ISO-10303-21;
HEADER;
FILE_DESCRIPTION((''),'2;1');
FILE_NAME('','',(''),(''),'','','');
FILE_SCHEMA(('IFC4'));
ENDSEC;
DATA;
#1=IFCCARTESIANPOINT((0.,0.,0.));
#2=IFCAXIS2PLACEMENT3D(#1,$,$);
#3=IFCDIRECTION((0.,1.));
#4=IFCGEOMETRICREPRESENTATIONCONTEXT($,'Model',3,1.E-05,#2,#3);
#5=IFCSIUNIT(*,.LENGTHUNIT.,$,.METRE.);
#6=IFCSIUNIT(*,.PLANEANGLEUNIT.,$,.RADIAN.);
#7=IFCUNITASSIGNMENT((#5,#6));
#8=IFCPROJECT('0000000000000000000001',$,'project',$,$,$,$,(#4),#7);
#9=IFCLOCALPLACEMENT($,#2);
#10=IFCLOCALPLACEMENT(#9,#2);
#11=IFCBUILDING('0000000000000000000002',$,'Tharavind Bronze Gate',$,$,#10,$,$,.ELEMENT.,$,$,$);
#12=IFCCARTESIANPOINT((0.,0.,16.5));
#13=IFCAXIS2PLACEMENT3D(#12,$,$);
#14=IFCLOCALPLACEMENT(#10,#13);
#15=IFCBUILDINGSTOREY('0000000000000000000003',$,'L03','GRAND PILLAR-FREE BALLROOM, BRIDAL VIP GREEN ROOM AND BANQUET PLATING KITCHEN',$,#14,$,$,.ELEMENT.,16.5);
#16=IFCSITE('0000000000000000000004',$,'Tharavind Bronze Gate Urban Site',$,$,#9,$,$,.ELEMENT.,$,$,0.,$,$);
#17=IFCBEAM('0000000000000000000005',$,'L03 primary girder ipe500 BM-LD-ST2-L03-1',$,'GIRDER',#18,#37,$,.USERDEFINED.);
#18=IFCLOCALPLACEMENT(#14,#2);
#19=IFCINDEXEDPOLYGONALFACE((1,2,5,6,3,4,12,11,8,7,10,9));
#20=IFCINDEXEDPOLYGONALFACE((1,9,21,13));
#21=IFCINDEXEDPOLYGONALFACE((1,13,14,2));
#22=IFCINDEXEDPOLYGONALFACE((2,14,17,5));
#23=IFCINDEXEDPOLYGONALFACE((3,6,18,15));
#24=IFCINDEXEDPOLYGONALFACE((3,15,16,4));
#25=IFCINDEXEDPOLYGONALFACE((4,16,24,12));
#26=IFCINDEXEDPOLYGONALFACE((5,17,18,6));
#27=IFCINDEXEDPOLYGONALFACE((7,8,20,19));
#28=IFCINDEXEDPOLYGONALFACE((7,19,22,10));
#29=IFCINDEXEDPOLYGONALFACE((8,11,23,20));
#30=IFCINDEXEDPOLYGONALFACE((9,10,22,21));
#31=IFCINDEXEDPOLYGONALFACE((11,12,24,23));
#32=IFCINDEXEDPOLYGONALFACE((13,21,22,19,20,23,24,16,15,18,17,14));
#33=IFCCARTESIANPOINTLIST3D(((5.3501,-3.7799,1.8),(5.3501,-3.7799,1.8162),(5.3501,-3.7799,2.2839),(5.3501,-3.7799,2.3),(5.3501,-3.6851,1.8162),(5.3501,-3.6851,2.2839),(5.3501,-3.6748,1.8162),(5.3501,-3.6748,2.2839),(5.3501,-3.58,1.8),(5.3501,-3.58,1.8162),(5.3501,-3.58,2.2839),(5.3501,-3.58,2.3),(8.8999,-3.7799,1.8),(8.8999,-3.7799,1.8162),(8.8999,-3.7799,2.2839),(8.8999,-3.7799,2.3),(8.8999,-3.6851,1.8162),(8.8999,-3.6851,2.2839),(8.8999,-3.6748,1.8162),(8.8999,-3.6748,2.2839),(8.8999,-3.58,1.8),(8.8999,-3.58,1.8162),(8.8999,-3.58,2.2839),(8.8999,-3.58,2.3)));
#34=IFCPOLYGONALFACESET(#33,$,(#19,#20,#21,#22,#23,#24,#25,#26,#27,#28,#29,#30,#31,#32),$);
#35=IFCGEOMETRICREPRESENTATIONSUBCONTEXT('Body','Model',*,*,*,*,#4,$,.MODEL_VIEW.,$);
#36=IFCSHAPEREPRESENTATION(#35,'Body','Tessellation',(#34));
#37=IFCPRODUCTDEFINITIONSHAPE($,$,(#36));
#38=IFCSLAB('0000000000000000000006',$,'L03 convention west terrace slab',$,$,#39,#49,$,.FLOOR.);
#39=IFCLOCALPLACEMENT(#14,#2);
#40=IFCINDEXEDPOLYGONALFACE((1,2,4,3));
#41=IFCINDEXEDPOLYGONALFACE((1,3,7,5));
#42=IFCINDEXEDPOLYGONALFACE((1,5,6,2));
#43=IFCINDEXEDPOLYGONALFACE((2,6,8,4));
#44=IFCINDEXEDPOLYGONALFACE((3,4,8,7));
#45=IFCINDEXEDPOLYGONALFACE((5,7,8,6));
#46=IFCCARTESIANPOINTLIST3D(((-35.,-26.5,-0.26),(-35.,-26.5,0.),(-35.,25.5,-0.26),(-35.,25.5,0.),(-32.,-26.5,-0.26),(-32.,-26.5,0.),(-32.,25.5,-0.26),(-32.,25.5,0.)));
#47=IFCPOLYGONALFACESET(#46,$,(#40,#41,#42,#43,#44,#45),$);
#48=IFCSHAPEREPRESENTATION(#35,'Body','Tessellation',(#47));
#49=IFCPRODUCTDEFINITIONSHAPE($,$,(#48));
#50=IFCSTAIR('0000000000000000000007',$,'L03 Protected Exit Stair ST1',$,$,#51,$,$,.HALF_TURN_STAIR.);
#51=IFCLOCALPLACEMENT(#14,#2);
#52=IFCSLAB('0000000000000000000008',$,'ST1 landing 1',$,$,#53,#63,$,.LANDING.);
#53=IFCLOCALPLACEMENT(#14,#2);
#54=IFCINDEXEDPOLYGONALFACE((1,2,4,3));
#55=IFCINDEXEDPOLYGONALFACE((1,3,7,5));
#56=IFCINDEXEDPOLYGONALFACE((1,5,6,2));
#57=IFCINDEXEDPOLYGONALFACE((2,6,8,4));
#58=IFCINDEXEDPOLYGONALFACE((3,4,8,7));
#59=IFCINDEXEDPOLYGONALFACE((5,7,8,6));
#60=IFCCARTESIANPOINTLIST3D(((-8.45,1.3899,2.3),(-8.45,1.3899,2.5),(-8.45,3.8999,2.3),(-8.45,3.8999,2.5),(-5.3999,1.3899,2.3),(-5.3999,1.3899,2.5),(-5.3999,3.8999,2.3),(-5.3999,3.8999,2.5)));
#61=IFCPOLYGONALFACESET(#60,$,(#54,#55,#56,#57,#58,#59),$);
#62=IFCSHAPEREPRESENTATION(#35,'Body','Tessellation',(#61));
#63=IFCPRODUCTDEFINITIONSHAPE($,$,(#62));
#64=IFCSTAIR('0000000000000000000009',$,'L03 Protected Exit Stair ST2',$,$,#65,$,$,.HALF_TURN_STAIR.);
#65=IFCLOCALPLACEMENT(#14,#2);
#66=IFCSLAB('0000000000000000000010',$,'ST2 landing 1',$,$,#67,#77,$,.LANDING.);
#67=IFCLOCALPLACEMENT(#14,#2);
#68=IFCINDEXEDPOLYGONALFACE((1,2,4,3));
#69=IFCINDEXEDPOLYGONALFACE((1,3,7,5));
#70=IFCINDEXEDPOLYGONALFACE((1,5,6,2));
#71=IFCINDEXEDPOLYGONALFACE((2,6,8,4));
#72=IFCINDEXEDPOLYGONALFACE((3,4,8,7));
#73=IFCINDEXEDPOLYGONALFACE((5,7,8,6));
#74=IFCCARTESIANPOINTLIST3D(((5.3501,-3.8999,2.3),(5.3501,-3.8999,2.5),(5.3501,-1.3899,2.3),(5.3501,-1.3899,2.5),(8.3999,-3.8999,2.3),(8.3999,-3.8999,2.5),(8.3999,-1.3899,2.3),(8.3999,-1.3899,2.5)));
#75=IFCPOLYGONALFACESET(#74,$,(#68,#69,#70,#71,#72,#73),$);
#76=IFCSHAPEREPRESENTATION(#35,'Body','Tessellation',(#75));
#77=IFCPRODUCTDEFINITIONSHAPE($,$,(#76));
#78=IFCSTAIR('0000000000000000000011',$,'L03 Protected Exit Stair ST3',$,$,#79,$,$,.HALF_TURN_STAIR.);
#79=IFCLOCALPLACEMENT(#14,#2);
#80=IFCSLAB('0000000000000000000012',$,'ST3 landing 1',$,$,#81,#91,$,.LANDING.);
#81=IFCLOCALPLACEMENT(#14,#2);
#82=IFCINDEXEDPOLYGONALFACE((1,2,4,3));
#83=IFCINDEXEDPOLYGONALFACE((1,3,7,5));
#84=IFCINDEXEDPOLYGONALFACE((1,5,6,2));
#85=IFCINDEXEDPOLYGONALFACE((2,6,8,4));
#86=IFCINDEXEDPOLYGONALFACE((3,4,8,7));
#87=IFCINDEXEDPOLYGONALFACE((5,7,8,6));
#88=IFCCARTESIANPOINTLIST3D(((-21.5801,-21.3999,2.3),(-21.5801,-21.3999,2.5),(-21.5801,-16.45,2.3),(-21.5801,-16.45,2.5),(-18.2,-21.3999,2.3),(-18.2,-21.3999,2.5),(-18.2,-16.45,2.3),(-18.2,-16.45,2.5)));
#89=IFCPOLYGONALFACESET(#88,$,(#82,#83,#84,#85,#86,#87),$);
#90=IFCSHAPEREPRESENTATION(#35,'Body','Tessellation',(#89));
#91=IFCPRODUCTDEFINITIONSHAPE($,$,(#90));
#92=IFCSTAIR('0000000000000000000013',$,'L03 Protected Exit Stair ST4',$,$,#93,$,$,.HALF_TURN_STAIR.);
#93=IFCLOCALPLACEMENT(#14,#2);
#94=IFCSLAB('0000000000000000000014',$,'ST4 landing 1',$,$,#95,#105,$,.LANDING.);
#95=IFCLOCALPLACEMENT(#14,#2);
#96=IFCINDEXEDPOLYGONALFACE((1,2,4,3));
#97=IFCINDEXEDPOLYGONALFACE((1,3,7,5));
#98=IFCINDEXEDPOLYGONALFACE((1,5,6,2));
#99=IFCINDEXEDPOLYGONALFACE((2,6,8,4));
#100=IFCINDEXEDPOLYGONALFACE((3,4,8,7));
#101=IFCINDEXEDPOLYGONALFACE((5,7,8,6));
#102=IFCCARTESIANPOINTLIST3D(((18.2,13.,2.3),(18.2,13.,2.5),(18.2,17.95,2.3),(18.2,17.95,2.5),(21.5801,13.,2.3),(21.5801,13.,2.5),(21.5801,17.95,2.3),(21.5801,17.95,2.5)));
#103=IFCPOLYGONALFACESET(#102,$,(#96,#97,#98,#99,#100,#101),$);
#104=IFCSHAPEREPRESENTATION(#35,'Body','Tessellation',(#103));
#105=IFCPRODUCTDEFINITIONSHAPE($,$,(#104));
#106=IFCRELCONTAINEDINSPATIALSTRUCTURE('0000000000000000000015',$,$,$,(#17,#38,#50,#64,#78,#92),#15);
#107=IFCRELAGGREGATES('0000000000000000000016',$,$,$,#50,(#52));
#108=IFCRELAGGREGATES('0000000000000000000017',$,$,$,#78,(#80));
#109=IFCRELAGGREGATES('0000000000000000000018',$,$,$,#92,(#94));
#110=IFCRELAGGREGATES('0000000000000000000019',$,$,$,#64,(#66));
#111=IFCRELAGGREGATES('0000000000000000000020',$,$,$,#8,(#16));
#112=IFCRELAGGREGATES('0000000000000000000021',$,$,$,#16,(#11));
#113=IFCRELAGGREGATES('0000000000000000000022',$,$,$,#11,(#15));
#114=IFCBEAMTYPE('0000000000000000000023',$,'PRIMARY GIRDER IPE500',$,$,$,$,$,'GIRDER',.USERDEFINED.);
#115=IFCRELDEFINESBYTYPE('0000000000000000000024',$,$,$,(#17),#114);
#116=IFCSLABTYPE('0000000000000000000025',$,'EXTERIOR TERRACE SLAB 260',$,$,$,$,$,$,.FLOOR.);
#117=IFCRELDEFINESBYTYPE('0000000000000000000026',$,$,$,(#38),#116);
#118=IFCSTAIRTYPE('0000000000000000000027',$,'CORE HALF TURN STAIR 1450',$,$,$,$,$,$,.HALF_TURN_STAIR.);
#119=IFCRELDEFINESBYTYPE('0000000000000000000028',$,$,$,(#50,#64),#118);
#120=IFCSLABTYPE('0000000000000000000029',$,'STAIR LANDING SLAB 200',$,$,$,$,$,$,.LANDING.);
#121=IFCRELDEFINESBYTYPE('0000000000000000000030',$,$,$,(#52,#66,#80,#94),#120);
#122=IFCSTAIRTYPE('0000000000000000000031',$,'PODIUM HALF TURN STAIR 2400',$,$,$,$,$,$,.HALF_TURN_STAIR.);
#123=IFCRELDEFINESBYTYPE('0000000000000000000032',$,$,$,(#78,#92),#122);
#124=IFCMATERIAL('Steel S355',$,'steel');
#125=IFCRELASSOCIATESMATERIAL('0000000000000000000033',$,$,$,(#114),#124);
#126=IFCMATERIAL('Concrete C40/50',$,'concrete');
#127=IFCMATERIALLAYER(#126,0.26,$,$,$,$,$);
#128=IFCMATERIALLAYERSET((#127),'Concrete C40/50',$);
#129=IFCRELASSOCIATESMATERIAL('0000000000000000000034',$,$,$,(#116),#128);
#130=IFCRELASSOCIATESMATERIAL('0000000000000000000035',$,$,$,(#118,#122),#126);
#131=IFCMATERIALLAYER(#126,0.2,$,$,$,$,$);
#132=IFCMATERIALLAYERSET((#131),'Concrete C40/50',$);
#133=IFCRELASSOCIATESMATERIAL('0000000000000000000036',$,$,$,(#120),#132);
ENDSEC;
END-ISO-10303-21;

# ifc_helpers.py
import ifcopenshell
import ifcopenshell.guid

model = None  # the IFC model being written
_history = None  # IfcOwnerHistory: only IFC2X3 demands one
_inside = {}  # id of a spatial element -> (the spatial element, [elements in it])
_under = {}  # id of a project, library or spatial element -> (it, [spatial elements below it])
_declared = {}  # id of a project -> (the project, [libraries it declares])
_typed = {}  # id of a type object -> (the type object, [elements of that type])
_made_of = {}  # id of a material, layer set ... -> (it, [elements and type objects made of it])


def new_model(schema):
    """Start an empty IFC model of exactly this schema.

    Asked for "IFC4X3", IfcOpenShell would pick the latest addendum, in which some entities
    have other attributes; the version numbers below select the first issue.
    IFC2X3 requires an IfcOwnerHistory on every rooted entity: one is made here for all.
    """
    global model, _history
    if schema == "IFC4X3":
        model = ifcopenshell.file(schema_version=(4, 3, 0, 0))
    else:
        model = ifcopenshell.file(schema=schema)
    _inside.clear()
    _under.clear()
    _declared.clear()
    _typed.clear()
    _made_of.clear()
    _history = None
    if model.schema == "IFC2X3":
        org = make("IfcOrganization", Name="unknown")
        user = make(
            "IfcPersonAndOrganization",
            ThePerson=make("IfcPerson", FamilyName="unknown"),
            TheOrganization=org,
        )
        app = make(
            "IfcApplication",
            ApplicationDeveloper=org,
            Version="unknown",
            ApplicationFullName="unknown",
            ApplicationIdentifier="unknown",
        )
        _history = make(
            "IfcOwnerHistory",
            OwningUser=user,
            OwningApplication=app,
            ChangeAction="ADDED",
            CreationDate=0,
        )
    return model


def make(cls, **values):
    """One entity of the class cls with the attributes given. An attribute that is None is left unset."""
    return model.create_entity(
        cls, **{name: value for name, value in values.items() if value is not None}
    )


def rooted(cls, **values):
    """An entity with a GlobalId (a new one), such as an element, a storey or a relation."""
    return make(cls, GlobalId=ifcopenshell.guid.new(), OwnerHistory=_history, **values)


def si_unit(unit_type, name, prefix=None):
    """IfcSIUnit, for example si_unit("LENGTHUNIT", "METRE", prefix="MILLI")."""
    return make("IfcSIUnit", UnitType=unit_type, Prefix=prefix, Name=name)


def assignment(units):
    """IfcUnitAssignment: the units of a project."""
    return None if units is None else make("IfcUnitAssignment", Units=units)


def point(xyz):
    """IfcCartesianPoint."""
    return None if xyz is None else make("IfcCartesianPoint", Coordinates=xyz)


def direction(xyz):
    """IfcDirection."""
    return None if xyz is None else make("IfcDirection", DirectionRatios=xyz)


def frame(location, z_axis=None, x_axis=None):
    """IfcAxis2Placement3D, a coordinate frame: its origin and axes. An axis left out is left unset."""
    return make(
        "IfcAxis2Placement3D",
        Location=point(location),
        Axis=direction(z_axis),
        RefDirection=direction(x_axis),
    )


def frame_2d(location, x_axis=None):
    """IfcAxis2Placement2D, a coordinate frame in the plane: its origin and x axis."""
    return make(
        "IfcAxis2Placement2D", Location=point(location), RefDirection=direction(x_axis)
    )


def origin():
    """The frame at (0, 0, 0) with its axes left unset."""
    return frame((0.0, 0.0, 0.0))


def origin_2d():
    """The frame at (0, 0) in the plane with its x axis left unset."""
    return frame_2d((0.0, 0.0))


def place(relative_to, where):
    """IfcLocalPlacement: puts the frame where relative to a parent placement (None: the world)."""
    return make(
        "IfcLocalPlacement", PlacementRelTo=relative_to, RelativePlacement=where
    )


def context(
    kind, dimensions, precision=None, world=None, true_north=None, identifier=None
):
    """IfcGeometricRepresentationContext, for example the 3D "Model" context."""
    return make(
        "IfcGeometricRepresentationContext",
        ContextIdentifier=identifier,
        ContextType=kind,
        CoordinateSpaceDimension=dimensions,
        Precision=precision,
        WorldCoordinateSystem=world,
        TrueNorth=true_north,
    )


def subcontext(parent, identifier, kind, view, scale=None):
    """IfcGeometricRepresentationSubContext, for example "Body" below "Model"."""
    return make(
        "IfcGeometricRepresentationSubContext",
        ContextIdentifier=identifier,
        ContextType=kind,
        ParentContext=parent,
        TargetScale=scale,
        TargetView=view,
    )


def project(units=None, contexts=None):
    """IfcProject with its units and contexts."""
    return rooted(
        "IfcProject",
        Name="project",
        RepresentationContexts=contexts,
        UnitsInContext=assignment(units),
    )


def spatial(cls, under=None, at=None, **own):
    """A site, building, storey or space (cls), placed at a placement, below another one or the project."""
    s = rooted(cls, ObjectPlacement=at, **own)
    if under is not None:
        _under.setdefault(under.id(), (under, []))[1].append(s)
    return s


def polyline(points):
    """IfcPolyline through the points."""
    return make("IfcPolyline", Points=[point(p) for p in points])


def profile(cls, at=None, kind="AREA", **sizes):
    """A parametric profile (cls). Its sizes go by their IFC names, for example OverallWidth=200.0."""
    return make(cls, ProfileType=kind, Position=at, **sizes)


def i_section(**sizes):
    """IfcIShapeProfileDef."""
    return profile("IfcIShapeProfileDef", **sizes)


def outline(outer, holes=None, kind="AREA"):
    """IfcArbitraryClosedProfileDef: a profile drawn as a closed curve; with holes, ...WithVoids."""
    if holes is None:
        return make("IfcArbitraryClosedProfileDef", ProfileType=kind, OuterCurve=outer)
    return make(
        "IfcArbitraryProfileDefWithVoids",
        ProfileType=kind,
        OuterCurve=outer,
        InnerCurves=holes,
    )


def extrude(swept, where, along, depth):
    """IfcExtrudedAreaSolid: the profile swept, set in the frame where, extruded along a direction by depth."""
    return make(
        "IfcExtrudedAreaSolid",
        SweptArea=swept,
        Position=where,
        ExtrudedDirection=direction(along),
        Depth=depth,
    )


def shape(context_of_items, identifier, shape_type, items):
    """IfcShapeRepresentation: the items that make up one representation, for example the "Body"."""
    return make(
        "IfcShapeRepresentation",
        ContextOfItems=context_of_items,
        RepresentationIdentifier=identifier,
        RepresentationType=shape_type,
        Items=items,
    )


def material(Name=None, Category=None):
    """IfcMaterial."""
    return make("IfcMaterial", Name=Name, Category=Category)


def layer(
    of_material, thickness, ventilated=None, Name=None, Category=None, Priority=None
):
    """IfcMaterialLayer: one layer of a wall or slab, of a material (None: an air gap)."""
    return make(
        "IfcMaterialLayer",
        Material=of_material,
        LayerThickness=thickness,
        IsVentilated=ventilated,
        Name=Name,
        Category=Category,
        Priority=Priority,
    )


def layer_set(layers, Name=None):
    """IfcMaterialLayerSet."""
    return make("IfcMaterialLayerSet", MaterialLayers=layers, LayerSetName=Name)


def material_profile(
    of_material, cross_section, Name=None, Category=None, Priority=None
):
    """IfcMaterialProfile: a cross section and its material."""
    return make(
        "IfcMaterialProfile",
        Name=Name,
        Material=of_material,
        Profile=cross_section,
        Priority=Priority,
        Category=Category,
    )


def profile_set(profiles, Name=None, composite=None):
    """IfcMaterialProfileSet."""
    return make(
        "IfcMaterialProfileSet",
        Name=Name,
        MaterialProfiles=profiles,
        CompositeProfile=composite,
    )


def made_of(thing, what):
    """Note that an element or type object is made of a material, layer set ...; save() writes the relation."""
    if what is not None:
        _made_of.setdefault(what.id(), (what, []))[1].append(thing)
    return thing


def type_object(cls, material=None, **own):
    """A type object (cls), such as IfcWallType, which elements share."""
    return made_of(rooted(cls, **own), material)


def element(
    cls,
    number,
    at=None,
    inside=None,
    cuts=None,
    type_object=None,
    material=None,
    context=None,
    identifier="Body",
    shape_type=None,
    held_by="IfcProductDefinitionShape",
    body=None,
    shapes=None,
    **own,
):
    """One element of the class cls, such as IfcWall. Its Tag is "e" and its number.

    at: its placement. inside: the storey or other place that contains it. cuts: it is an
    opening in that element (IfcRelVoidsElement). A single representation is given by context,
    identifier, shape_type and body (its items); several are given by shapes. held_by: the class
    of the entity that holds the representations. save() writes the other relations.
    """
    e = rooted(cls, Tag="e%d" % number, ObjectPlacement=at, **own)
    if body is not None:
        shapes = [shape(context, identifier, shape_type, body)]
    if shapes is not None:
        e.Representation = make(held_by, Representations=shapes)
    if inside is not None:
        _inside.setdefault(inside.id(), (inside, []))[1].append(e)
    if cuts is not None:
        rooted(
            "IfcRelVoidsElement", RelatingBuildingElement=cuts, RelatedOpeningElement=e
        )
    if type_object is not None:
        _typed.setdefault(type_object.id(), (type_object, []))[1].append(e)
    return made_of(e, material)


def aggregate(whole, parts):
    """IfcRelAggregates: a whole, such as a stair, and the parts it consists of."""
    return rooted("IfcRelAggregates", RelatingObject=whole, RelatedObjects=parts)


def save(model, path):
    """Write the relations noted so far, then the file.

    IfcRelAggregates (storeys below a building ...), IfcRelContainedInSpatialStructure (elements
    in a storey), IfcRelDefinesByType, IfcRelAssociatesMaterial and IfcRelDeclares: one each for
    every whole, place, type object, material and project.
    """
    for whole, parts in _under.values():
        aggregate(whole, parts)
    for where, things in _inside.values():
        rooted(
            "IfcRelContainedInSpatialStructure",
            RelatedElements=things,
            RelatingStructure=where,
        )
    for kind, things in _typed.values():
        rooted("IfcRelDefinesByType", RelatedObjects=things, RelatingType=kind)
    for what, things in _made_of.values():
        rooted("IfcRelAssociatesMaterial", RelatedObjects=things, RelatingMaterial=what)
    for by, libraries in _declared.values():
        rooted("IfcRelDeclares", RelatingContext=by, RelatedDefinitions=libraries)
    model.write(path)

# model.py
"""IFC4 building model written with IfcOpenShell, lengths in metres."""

from ifc_helpers import new_model, si_unit, direction, frame, origin, origin_2d, place, context, subcontext, project, spatial, polyline, i_section, outline, extrude, material, layer, layer_set, material_profile, profile_set, type_object, element, aggregate, save


model = new_model("IFC4")

# Units and contexts
model_context = context("Model", 3, precision=1e-05, world=origin(), true_north=direction((0.0, 1.0)))
body_context = subcontext(model_context, "Body", "Model", "MODEL_VIEW")
ifc_project = project(units=[si_unit("LENGTHUNIT", "METRE"), si_unit("PLANEANGLEUNIT", "RADIAN")], contexts=[model_context])

# Site, building, storey
site_placement = place(None, origin())
site = spatial("IfcSite", under=ifc_project, at=site_placement, Name="Tharavind Bronze Gate Urban Site", CompositionType="ELEMENT", RefElevation=0.0)
building_placement = place(site_placement, origin())
building = spatial("IfcBuilding", under=site, at=building_placement, Name="Tharavind Bronze Gate", CompositionType="ELEMENT")
storey_placement = place(building_placement, frame((0.0, 0.0, 16.5)))
storey = spatial("IfcBuildingStorey", under=building, at=storey_placement, Name="L03", Description="GRAND PILLAR-FREE BALLROOM, BRIDAL VIP GREEN ROOM AND BANQUET PLATING KITCHEN", CompositionType="ELEMENT", Elevation=16.5)

# Beam
ifc_material_1 = material(Name="Steel S355", Category="steel")
ifc_material_profile = material_profile(ifc_material_1, i_section(OverallWidth=0.2, OverallDepth=0.5, WebThickness=0.0103, FlangeThickness=0.0161, at=origin_2d()), Name="IPE500")
ifc_profile_set = profile_set([ifc_material_profile], Name="Steel S355")
beam_type = type_object("IfcBeamType", Name="PRIMARY GIRDER IPE500", ElementType="GIRDER", PredefinedType="USERDEFINED", material=ifc_profile_set)
beam_placement = place(storey_placement, frame((5.3501, -3.6799, 2.05), z_axis=(1.0, 0.0, 0.0), x_axis=(0.0, 1.0, 0.0)))
element("IfcBeam", 1, at=beam_placement, inside=storey, type_object=beam_type, Name="L03 primary girder ipe500 BM-LD-ST2-L03-1", ObjectType="GIRDER", PredefinedType="USERDEFINED", context=body_context, shape_type="SweptSolid", body=[
    extrude(i_section(OverallWidth=0.2, OverallDepth=0.5, WebThickness=0.0103, FlangeThickness=0.0161, at=origin_2d()), origin(), (0.0, 0.0, 1.0), 3.5498),
])

# Slab
ifc_material_2 = material(Name="Concrete C40/50", Category="concrete")
ifc_layer_1 = layer(ifc_material_2, 0.26)
ifc_layer_set_1 = layer_set([ifc_layer_1], Name="Concrete C40/50")
slab_type_1 = type_object("IfcSlabType", Name="EXTERIOR TERRACE SLAB 260", PredefinedType="FLOOR", material=ifc_layer_set_1)
slab_1_placement = place(storey_placement, frame((0.0, 0.0, -0.26)))
element("IfcSlab", 2, at=slab_1_placement, inside=storey, type_object=slab_type_1, Name="L03 convention west terrace slab", PredefinedType="FLOOR", context=body_context, shape_type="SweptSolid", body=[
    extrude(outline(polyline([(-35.0, -26.5), (-32.0, -26.5), (-32.0, 25.5), (-35.0, 25.5), (-35.0, -26.5)])), origin(), (0.0, 0.0, 1.0), 0.26),
])

# Stairs, slabs
stair_type_1 = type_object("IfcStairType", Name="CORE HALF TURN STAIR 1450", PredefinedType="HALF_TURN_STAIR", material=ifc_material_2)
stair_1_placement = place(storey_placement, origin())
stair_1 = element("IfcStair", 3, at=stair_1_placement, inside=storey, type_object=stair_type_1, Name="L03 Protected Exit Stair ST1", PredefinedType="HALF_TURN_STAIR")
ifc_layer_2 = layer(ifc_material_2, 0.2)
ifc_layer_set_2 = layer_set([ifc_layer_2], Name="Concrete C40/50")
slab_type_2 = type_object("IfcSlabType", Name="STAIR LANDING SLAB 200", PredefinedType="LANDING", material=ifc_layer_set_2)
slab_2_placement = place(storey_placement, frame((0.0, 0.0, 2.3)))
slab_2 = element("IfcSlab", 4, at=slab_2_placement, type_object=slab_type_2, Name="ST1 landing 1", PredefinedType="LANDING", context=body_context, shape_type="SweptSolid", body=[
    extrude(outline(polyline([(-5.3999, 1.3899), (-5.3999, 3.8999), (-8.45, 3.8999), (-8.45, 1.3899), (-5.3999, 1.3899)])), origin(), (0.0, 0.0, 1.0), 0.2),
])
aggregate(stair_1, [slab_2])
stair_2_placement = place(storey_placement, origin())
stair_2 = element("IfcStair", 5, at=stair_2_placement, inside=storey, type_object=stair_type_1, Name="L03 Protected Exit Stair ST2", PredefinedType="HALF_TURN_STAIR")
slab_3_placement = place(storey_placement, frame((0.0, 0.0, 2.3)))
slab_3 = element("IfcSlab", 6, at=slab_3_placement, type_object=slab_type_2, Name="ST2 landing 1", PredefinedType="LANDING", context=body_context, shape_type="SweptSolid", body=[
    extrude(outline(polyline([(5.3501, -1.3899), (5.3501, -3.8999), (8.3999, -3.8999), (8.3999, -1.3899), (5.3501, -1.3899)])), origin(), (0.0, 0.0, 1.0), 0.2),
])
stair_type_2 = type_object("IfcStairType", Name="PODIUM HALF TURN STAIR 2400", PredefinedType="HALF_TURN_STAIR", material=ifc_material_2)
stair_3_placement = place(storey_placement, origin())
stair_3 = element("IfcStair", 7, at=stair_3_placement, inside=storey, type_object=stair_type_2, Name="L03 Protected Exit Stair ST3", PredefinedType="HALF_TURN_STAIR")
slab_4_placement = place(storey_placement, frame((0.0, 0.0, 2.3)))
slab_4 = element("IfcSlab", 8, at=slab_4_placement, type_object=slab_type_2, Name="ST3 landing 1", PredefinedType="LANDING", context=body_context, shape_type="SweptSolid", body=[
    extrude(outline(polyline([(-21.5801, -21.3999), (-18.2, -21.3999), (-18.2, -16.45), (-21.5801, -16.45), (-21.5801, -21.3999)])), origin(), (0.0, 0.0, 1.0), 0.2),
])
aggregate(stair_3, [slab_4])
stair_4_placement = place(storey_placement, origin())
stair_4 = element("IfcStair", 9, at=stair_4_placement, inside=storey, type_object=stair_type_2, Name="L03 Protected Exit Stair ST4", PredefinedType="HALF_TURN_STAIR")
slab_5_placement = place(storey_placement, frame((0.0, 0.0, 2.3)))
slab_5 = element("IfcSlab", 10, at=slab_5_placement, type_object=slab_type_2, Name="ST4 landing 1", PredefinedType="LANDING", context=body_context, shape_type="SweptSolid", body=[
    extrude(outline(polyline([(21.5801, 17.95), (18.2, 17.95), (18.2, 13.0), (21.5801, 13.0), (21.5801, 17.95)])), origin(), (0.0, 0.0, 1.0), 0.2),
])
aggregate(stair_4, [slab_5])

aggregate(stair_2, [slab_3])

save(model, "model.ifc")
